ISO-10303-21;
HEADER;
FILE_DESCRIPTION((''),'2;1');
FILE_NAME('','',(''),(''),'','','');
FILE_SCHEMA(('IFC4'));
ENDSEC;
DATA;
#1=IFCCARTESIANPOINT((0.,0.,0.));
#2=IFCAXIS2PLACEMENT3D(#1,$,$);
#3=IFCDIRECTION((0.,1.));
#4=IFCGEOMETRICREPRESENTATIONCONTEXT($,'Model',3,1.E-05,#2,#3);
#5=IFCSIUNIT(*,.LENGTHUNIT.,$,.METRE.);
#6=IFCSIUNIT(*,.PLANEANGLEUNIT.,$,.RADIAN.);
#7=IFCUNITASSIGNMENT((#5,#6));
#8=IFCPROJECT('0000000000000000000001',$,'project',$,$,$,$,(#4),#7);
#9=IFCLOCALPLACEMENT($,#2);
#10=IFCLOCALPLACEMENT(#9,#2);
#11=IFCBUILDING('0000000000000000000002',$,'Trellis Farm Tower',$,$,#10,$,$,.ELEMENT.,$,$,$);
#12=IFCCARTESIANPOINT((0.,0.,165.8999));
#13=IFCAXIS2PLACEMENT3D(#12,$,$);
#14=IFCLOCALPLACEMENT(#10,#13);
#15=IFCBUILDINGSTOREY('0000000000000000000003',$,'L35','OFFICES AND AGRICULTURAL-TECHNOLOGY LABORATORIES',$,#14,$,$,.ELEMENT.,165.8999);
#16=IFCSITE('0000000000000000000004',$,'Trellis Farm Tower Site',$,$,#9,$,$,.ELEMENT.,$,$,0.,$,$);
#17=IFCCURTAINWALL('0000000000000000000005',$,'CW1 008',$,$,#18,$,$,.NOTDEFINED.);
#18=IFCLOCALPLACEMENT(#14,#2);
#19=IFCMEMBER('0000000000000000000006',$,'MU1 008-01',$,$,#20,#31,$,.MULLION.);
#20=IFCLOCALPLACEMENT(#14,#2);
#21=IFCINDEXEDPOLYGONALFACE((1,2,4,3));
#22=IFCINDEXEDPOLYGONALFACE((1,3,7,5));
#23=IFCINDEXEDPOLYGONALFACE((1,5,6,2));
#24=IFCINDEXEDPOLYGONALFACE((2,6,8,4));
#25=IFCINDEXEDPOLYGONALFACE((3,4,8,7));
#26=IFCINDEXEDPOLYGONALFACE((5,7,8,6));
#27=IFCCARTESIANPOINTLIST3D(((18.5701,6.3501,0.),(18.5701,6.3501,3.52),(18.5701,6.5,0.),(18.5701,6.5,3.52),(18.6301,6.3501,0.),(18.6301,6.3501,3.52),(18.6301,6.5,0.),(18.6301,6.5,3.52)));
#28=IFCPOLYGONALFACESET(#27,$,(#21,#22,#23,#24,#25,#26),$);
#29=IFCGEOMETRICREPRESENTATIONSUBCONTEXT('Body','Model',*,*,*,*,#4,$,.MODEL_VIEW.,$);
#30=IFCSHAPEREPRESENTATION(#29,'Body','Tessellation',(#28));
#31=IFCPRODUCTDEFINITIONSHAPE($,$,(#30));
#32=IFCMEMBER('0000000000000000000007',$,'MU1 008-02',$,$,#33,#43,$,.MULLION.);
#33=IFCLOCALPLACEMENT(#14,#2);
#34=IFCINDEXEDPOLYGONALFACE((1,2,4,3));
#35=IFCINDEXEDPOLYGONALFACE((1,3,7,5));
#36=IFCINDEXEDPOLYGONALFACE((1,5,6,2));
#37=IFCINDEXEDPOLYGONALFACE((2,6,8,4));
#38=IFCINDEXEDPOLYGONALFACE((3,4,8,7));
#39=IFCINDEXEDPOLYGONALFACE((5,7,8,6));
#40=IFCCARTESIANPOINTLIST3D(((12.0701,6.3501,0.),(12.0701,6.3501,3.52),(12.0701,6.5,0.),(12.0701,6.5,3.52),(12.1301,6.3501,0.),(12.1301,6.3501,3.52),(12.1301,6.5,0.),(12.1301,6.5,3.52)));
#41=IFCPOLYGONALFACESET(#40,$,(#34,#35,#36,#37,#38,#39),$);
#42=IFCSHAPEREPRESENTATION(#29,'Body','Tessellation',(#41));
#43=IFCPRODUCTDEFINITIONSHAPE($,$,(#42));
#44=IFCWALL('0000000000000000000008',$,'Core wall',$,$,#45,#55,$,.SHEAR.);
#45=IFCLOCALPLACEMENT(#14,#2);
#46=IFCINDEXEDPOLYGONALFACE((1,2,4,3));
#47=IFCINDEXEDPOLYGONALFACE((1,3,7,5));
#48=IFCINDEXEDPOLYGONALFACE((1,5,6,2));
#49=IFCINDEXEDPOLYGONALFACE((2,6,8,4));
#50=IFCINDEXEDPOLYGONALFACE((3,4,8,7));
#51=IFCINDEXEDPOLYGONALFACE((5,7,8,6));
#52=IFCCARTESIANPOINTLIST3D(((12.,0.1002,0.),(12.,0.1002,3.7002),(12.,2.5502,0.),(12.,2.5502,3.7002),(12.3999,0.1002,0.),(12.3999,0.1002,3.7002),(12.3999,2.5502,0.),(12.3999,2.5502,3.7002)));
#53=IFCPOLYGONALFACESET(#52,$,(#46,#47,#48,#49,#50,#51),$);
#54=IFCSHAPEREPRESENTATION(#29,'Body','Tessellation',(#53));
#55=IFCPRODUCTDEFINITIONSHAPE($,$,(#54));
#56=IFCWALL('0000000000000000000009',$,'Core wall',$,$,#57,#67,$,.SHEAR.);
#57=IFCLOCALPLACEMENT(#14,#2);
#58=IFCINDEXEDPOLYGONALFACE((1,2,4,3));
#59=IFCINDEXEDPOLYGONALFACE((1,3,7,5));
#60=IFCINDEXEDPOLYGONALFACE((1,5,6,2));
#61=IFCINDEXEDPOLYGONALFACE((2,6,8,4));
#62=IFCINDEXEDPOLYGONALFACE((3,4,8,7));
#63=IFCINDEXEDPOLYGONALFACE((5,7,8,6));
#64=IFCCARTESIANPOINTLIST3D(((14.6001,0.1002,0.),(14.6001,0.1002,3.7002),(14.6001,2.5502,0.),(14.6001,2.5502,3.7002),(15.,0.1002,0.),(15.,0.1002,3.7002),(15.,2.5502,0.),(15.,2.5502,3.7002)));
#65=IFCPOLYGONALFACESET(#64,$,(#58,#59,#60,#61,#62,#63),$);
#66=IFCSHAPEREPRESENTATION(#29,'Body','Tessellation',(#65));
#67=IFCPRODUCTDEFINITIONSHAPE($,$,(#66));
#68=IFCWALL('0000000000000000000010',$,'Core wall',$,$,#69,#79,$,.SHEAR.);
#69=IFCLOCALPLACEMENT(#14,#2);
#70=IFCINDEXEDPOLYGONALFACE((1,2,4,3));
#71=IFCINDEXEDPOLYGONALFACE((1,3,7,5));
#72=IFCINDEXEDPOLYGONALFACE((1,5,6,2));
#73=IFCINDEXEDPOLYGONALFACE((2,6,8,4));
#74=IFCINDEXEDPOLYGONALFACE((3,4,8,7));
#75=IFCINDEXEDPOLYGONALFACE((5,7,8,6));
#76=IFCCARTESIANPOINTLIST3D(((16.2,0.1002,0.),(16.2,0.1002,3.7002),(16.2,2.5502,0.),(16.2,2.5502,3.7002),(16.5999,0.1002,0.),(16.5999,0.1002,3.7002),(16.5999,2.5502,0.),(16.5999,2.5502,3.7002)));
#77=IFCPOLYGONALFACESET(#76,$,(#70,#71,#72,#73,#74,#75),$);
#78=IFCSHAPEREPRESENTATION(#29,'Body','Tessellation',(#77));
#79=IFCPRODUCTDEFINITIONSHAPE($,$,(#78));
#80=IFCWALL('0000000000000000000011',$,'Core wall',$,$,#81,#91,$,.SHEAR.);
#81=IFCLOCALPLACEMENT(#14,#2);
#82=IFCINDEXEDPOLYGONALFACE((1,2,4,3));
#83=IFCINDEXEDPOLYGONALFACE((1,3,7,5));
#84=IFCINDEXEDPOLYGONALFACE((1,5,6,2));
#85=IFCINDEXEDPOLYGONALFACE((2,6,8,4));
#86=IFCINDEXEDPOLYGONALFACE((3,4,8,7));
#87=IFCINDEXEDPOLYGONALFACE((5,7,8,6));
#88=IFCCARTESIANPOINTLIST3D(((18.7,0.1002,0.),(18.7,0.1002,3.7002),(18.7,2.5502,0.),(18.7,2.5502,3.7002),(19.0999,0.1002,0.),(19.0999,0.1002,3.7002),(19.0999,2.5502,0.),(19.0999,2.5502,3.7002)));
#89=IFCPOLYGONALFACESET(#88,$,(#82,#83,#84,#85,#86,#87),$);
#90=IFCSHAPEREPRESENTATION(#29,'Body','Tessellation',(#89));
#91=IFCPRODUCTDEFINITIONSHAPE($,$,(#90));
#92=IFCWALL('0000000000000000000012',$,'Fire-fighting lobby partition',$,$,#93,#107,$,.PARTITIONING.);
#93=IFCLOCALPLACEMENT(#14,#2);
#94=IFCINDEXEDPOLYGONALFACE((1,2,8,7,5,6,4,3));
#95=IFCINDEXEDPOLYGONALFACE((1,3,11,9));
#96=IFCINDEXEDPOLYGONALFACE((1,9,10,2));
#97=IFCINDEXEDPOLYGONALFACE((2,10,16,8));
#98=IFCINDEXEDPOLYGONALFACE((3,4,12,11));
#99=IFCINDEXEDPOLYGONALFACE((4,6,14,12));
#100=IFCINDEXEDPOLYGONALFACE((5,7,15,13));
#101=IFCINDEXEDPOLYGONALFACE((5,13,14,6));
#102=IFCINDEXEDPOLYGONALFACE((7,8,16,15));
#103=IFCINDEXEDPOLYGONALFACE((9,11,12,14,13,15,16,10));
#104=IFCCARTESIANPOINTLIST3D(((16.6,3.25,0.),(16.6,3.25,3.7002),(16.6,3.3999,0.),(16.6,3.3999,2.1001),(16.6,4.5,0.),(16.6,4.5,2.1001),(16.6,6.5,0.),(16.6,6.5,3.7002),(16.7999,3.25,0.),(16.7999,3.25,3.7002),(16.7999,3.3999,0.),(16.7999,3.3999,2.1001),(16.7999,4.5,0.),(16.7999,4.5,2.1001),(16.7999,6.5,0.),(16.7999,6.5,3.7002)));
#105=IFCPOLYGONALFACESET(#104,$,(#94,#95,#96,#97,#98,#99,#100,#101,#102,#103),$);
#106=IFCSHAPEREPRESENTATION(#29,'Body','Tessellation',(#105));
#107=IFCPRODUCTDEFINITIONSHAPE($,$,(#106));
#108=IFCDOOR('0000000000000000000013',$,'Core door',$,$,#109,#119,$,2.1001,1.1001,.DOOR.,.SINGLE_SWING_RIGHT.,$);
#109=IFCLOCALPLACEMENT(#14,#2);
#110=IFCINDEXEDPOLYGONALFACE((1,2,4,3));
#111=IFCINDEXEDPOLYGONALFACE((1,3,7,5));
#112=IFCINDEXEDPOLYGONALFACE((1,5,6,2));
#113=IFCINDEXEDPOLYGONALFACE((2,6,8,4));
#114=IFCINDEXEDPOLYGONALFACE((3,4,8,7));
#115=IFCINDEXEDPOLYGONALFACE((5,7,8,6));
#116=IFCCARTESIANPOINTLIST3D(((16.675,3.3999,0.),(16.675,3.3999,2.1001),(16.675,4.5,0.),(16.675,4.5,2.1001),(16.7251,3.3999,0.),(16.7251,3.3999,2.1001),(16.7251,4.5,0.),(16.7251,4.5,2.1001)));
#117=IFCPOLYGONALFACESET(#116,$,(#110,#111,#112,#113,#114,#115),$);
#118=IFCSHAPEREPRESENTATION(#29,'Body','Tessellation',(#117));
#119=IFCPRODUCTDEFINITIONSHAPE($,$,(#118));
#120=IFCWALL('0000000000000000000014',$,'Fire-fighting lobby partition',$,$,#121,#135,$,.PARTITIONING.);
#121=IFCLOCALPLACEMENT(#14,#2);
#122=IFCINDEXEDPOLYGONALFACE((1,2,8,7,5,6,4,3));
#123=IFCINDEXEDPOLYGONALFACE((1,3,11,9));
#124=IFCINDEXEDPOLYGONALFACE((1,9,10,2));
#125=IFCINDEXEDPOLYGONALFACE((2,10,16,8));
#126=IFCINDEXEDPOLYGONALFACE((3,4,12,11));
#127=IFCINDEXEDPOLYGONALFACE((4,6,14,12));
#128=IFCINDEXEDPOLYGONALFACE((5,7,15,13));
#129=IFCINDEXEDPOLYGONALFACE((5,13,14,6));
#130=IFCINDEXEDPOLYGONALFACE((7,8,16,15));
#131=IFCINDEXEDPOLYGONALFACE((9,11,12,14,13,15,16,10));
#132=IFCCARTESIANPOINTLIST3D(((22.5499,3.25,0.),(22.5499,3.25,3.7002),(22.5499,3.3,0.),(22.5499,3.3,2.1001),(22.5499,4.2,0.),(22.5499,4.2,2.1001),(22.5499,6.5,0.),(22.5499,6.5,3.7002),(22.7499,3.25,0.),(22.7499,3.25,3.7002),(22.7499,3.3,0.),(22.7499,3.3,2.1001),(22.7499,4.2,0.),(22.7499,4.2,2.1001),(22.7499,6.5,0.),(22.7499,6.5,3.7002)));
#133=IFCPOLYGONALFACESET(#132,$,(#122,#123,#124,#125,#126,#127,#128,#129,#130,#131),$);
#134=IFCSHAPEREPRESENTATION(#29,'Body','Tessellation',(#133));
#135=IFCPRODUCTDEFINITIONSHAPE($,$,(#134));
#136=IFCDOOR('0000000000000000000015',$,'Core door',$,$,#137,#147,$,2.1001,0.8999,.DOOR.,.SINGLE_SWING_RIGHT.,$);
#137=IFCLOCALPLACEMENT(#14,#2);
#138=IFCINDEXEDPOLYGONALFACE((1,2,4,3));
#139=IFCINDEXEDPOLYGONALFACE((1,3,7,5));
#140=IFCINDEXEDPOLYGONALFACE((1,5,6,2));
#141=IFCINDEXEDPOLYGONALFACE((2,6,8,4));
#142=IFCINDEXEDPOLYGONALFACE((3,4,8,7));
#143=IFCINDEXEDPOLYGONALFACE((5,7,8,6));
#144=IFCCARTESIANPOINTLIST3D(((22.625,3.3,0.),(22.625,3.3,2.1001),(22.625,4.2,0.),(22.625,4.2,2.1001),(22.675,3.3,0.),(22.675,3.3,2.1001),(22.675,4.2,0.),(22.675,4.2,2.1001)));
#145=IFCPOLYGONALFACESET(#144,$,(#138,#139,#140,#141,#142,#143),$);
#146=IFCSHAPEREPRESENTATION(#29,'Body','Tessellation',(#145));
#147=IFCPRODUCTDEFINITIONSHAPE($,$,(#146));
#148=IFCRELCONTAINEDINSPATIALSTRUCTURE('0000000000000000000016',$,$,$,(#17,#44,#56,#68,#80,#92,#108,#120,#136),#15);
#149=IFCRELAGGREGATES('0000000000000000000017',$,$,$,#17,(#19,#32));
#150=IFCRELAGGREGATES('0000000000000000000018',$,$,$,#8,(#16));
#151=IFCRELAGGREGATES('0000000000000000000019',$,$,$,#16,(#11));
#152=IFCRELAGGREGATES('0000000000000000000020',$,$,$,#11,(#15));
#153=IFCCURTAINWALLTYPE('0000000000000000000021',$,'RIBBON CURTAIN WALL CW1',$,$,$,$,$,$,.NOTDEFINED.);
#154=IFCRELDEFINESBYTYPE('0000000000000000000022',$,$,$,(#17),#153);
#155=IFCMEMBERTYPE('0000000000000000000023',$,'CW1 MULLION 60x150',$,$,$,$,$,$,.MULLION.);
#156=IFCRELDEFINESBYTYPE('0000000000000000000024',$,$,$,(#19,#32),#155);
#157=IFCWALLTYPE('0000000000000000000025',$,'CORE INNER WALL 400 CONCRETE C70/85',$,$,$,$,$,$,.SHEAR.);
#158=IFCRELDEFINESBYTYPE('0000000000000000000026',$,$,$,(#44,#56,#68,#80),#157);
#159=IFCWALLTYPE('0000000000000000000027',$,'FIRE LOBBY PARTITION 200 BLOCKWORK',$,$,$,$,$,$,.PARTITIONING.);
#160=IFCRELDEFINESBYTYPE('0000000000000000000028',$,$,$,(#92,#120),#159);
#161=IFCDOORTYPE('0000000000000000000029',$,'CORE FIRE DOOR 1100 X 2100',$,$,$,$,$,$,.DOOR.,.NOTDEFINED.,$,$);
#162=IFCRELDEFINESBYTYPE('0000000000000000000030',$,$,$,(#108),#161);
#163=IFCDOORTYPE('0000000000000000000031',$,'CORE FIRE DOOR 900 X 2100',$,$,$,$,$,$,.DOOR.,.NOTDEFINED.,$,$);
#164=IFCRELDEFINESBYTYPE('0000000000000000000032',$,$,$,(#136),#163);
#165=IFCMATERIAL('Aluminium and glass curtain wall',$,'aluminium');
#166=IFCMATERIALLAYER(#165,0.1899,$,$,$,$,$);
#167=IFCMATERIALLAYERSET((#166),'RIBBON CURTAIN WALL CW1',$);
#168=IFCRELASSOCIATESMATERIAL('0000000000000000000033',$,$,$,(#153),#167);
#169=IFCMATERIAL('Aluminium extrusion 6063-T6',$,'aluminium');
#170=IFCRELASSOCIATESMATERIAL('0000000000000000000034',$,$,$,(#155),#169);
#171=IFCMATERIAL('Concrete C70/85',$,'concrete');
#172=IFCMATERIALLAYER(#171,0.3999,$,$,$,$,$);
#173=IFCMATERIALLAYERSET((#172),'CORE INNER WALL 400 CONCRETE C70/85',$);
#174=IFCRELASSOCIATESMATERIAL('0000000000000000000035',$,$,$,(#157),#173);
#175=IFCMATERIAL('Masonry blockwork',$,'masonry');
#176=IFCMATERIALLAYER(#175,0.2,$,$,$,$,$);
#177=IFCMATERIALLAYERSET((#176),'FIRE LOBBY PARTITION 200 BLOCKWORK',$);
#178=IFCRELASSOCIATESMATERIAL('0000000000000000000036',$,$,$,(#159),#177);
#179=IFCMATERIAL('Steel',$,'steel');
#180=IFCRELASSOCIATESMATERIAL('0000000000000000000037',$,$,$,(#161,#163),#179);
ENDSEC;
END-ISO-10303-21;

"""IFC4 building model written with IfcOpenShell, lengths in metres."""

from ifc_helpers import new_model, si_unit, direction, frame, frame_2d, origin, origin_2d, place, context, subcontext, project, spatial, rectangle, extrude, source, transform, mapped, material, layer, layer_set, material_profile, profile_set, type_object, element, fill, aggregate, save


model = new_model("IFC4")

# Units and contexts
model_context = context("Model", 3, precision=1e-05, world=origin(), true_north=direction((0.0, 1.0)))
body_context = subcontext(model_context, "Body", "Model", "MODEL_VIEW")
ifc_project = project(units=[si_unit("LENGTHUNIT", "METRE"), si_unit("PLANEANGLEUNIT", "RADIAN")], contexts=[model_context])

# Site, building, storey
site_placement = place(None, origin())
site = spatial("IfcSite", under=ifc_project, at=site_placement, Name="Trellis Farm Tower Site", CompositionType="ELEMENT", RefElevation=0.0)
building_placement = place(site_placement, origin())
building = spatial("IfcBuilding", under=site, at=building_placement, Name="Trellis Farm Tower", CompositionType="ELEMENT")
storey_placement = place(building_placement, frame((0.0, 0.0, 165.8999)))
storey = spatial("IfcBuildingStorey", under=building, at=storey_placement, Name="L35", Description="OFFICES AND AGRICULTURAL-TECHNOLOGY LABORATORIES", CompositionType="ELEMENT", Elevation=165.8999)

# Shared definitions
ifc_material_1 = material(Name="Concrete C70/85", Category="concrete")

# Curtain wall, members
ifc_material_2 = material(Name="Aluminium and glass curtain wall", Category="aluminium")
ifc_layer_1 = layer(ifc_material_2, 0.1899)
ifc_layer_set_1 = layer_set([ifc_layer_1], Name="RIBBON CURTAIN WALL CW1")
curtain_wall_type = type_object("IfcCurtainWallType", Name="RIBBON CURTAIN WALL CW1", PredefinedType="NOTDEFINED", material=ifc_layer_set_1)
placement = place(storey_placement, origin())
ifc_material_3 = material(Name="Aluminium extrusion 6063-T6", Category="aluminium")
ifc_material_profile_1 = material_profile(ifc_material_3, rectangle(XDim=0.0601, YDim=0.1499, at=origin_2d()), Name="MULLION 60x150")
ifc_profile_set_1 = profile_set([ifc_material_profile_1], Name="Aluminium extrusion 6063-T6")
member_type = type_object("IfcMemberType", Name="CW1 MULLION 60x150", PredefinedType="MULLION", material=ifc_profile_set_1)
shared_shape_1 = source(origin(), body_context, "Body", "SweptSolid", [
    extrude(rectangle(XDim=0.0601, YDim=0.1499, at=origin_2d()), origin(), (0.0, 0.0, 1.0), 3.52),
])
curtain_wall_1 = element("IfcCurtainWall", 1, at=placement, inside=storey, type_object=curtain_wall_type, Name="CW1 008", PredefinedType="NOTDEFINED")
member_1_placement = place(storey_placement, frame((18.6001, 6.425, 0.0), z_axis=(0.0, 0.0, 1.0), x_axis=(-1.0, 0.0, 0.0)))
member_1 = element("IfcMember", 2, at=member_1_placement, type_object=member_type, Name="MU1 008-01", PredefinedType="MULLION", context=body_context, shape_type="MappedRepresentation", body=[
    mapped(shared_shape_1, transform((0.0, 0.0, 0.0))),
])
member_2_placement = place(storey_placement, frame((12.1001, 6.425, 0.0), z_axis=(0.0, 0.0, 1.0), x_axis=(-1.0, 0.0, 0.0)))
member_2 = element("IfcMember", 3, at=member_2_placement, type_object=member_type, Name="MU1 008-02", PredefinedType="MULLION", context=body_context, shape_type="MappedRepresentation", body=[
    mapped(shared_shape_1, transform((0.0, 0.0, 0.0))),
])
aggregate(curtain_wall_1, [member_1, member_2])

# Walls
ifc_layer_2 = layer(ifc_material_1, 0.3999)
ifc_layer_set_2 = layer_set([ifc_layer_2], Name="CORE INNER WALL 400 CONCRETE C70/85")
wall_type_1 = type_object("IfcWallType", Name="CORE INNER WALL 400 CONCRETE C70/85", PredefinedType="SHEAR", material=ifc_layer_set_2)
shared_shape_2 = source(origin(), body_context, "Body", "SweptSolid", [
    extrude(rectangle(XDim=2.45, YDim=0.3999, at=frame_2d((1.2251, 0.0))), origin(), (0.0, 0.0, 1.0), 3.7002),
])
for number, where, z_axis, x_axis, name in (
    (4, (12.2, 0.1001, 0.0), (0.0, 0.0, 1.0), (0.0, 1.0, 0.0), "Core wall"),
    (5, (14.8, 0.1001, 0.0), (0.0, 0.0, 1.0), (0.0, 1.0, 0.0), "Core wall"),
    (6, (16.3999, 0.1001, 0.0), (0.0, 0.0, 1.0), (0.0, 1.0, 0.0), "Core wall"),
    (7, (18.8999, 0.1001, 0.0), (0.0, 0.0, 1.0), (0.0, 1.0, 0.0), "Core wall"),
):
    element("IfcWall", number, at=place(storey_placement, frame(where, z_axis=z_axis, x_axis=x_axis)), inside=storey, type_object=wall_type_1, Name=name, PredefinedType="SHEAR", context=body_context, shape_type="MappedRepresentation", body=[
        mapped(shared_shape_2, transform((0.0, 0.0, 0.0))),
    ])

# Walls, openings, doors
ifc_material_4 = material(Name="Masonry blockwork", Category="masonry")
ifc_layer_3 = layer(ifc_material_4, 0.2)
ifc_layer_set_3 = layer_set([ifc_layer_3], Name="FIRE LOBBY PARTITION 200 BLOCKWORK")
wall_type_2 = type_object("IfcWallType", Name="FIRE LOBBY PARTITION 200 BLOCKWORK", PredefinedType="PARTITIONING", material=ifc_layer_set_3)
shared_shape_3 = source(origin(), body_context, "Body", "SweptSolid", [
    extrude(rectangle(XDim=3.25, YDim=0.2, at=frame_2d((1.625, 0.0))), origin(), (0.0, 0.0, 1.0), 3.7002),
])
wall_1_placement = place(storey_placement, frame((16.7, 3.25, 0.0), z_axis=(0.0, 0.0, 1.0), x_axis=(0.0, 1.0, 0.0)))
wall_1 = element("IfcWall", 8, at=wall_1_placement, inside=storey, type_object=wall_type_2, Name="Fire-fighting lobby partition", PredefinedType="PARTITIONING", context=body_context, shape_type="MappedRepresentation", body=[
    mapped(shared_shape_3, transform((0.0, 0.0, 0.0))),
])
shared_shape_4 = source(origin(), body_context, "Body", "SweptSolid", [
    extrude(rectangle(XDim=1.1001, YDim=2.1001, at=frame_2d((0.55, 1.05))), frame((0.0, 0.1101, 0.0), z_axis=(0.0, -1.0, 0.0), x_axis=(1.0, 0.0, 0.0)), (0.0, 0.0, 1.0), 0.2202),
])
opening_1_placement = place(wall_1_placement, frame((0.1499, 0.0, 0.0)))
opening_1 = element("IfcOpeningElement", 9, at=opening_1_placement, cuts=wall_1, PredefinedType="OPENING", context=body_context, shape_type="MappedRepresentation", body=[
    mapped(shared_shape_4, transform((0.0, 0.0, 0.0))),
])
ifc_material_5 = material(Name="Steel", Category="steel")
door_type_1 = type_object("IfcDoorType", Name="CORE FIRE DOOR 1100 X 2100", OperationType="NOTDEFINED", PredefinedType="DOOR", material=ifc_material_5)
shared_shape_5 = source(origin(), body_context, "Body", "SweptSolid", [
    extrude(rectangle(XDim=1.1001, YDim=2.1001, at=frame_2d((0.55, 1.05))), frame((0.0, 0.0249, 0.0), z_axis=(0.0, -1.0, 0.0), x_axis=(1.0, 0.0, 0.0)), (0.0, 0.0, 1.0), 0.05),
])
door_1_placement = place(opening_1_placement, origin())
door_1 = element("IfcDoor", 10, at=door_1_placement, inside=storey, type_object=door_type_1, Name="Core door", OperationType="SINGLE_SWING_RIGHT", OverallHeight=2.1001, OverallWidth=1.1001, PredefinedType="DOOR", context=body_context, shape_type="MappedRepresentation", body=[
    mapped(shared_shape_5, transform((0.0, 0.0, 0.0))),
])
fill(opening_1, door_1)
wall_2_placement = place(storey_placement, frame((22.6499, 3.25, 0.0), z_axis=(0.0, 0.0, 1.0), x_axis=(0.0, 1.0, 0.0)))
wall_2 = element("IfcWall", 11, at=wall_2_placement, inside=storey, type_object=wall_type_2, Name="Fire-fighting lobby partition", PredefinedType="PARTITIONING", context=body_context, shape_type="MappedRepresentation", body=[
    mapped(shared_shape_3, transform((0.0, 0.0, 0.0))),
])
shared_shape_6 = source(origin(), body_context, "Body", "SweptSolid", [
    extrude(rectangle(XDim=0.8999, YDim=2.1001, at=frame_2d((0.45, 1.05))), frame((0.0, 0.1101, 0.0), z_axis=(0.0, -1.0, 0.0), x_axis=(1.0, 0.0, 0.0)), (0.0, 0.0, 1.0), 0.2202),
])
opening_2_placement = place(wall_2_placement, frame((0.05, 0.0, 0.0)))
opening_2 = element("IfcOpeningElement", 12, at=opening_2_placement, cuts=wall_2, PredefinedType="OPENING", context=body_context, shape_type="MappedRepresentation", body=[
    mapped(shared_shape_6, transform((0.0, 0.0, 0.0))),
])
door_type_2 = type_object("IfcDoorType", Name="CORE FIRE DOOR 900 X 2100", OperationType="NOTDEFINED", PredefinedType="DOOR", material=ifc_material_5)
shared_shape_7 = source(origin(), body_context, "Body", "SweptSolid", [
    extrude(rectangle(XDim=0.8999, YDim=2.1001, at=frame_2d((0.45, 1.05))), frame((0.0, 0.0249, 0.0), z_axis=(0.0, -1.0, 0.0), x_axis=(1.0, 0.0, 0.0)), (0.0, 0.0, 1.0), 0.05),
])
door_2_placement = place(opening_2_placement, origin())
door_2 = element("IfcDoor", 13, at=door_2_placement, inside=storey, type_object=door_type_2, Name="Core door", OperationType="SINGLE_SWING_RIGHT", OverallHeight=2.1001, OverallWidth=0.8999, PredefinedType="DOOR", context=body_context, shape_type="MappedRepresentation", body=[
    mapped(shared_shape_7, transform((0.0, 0.0, 0.0))),
])
fill(opening_2, door_2)

save(model, "model.ifc")
